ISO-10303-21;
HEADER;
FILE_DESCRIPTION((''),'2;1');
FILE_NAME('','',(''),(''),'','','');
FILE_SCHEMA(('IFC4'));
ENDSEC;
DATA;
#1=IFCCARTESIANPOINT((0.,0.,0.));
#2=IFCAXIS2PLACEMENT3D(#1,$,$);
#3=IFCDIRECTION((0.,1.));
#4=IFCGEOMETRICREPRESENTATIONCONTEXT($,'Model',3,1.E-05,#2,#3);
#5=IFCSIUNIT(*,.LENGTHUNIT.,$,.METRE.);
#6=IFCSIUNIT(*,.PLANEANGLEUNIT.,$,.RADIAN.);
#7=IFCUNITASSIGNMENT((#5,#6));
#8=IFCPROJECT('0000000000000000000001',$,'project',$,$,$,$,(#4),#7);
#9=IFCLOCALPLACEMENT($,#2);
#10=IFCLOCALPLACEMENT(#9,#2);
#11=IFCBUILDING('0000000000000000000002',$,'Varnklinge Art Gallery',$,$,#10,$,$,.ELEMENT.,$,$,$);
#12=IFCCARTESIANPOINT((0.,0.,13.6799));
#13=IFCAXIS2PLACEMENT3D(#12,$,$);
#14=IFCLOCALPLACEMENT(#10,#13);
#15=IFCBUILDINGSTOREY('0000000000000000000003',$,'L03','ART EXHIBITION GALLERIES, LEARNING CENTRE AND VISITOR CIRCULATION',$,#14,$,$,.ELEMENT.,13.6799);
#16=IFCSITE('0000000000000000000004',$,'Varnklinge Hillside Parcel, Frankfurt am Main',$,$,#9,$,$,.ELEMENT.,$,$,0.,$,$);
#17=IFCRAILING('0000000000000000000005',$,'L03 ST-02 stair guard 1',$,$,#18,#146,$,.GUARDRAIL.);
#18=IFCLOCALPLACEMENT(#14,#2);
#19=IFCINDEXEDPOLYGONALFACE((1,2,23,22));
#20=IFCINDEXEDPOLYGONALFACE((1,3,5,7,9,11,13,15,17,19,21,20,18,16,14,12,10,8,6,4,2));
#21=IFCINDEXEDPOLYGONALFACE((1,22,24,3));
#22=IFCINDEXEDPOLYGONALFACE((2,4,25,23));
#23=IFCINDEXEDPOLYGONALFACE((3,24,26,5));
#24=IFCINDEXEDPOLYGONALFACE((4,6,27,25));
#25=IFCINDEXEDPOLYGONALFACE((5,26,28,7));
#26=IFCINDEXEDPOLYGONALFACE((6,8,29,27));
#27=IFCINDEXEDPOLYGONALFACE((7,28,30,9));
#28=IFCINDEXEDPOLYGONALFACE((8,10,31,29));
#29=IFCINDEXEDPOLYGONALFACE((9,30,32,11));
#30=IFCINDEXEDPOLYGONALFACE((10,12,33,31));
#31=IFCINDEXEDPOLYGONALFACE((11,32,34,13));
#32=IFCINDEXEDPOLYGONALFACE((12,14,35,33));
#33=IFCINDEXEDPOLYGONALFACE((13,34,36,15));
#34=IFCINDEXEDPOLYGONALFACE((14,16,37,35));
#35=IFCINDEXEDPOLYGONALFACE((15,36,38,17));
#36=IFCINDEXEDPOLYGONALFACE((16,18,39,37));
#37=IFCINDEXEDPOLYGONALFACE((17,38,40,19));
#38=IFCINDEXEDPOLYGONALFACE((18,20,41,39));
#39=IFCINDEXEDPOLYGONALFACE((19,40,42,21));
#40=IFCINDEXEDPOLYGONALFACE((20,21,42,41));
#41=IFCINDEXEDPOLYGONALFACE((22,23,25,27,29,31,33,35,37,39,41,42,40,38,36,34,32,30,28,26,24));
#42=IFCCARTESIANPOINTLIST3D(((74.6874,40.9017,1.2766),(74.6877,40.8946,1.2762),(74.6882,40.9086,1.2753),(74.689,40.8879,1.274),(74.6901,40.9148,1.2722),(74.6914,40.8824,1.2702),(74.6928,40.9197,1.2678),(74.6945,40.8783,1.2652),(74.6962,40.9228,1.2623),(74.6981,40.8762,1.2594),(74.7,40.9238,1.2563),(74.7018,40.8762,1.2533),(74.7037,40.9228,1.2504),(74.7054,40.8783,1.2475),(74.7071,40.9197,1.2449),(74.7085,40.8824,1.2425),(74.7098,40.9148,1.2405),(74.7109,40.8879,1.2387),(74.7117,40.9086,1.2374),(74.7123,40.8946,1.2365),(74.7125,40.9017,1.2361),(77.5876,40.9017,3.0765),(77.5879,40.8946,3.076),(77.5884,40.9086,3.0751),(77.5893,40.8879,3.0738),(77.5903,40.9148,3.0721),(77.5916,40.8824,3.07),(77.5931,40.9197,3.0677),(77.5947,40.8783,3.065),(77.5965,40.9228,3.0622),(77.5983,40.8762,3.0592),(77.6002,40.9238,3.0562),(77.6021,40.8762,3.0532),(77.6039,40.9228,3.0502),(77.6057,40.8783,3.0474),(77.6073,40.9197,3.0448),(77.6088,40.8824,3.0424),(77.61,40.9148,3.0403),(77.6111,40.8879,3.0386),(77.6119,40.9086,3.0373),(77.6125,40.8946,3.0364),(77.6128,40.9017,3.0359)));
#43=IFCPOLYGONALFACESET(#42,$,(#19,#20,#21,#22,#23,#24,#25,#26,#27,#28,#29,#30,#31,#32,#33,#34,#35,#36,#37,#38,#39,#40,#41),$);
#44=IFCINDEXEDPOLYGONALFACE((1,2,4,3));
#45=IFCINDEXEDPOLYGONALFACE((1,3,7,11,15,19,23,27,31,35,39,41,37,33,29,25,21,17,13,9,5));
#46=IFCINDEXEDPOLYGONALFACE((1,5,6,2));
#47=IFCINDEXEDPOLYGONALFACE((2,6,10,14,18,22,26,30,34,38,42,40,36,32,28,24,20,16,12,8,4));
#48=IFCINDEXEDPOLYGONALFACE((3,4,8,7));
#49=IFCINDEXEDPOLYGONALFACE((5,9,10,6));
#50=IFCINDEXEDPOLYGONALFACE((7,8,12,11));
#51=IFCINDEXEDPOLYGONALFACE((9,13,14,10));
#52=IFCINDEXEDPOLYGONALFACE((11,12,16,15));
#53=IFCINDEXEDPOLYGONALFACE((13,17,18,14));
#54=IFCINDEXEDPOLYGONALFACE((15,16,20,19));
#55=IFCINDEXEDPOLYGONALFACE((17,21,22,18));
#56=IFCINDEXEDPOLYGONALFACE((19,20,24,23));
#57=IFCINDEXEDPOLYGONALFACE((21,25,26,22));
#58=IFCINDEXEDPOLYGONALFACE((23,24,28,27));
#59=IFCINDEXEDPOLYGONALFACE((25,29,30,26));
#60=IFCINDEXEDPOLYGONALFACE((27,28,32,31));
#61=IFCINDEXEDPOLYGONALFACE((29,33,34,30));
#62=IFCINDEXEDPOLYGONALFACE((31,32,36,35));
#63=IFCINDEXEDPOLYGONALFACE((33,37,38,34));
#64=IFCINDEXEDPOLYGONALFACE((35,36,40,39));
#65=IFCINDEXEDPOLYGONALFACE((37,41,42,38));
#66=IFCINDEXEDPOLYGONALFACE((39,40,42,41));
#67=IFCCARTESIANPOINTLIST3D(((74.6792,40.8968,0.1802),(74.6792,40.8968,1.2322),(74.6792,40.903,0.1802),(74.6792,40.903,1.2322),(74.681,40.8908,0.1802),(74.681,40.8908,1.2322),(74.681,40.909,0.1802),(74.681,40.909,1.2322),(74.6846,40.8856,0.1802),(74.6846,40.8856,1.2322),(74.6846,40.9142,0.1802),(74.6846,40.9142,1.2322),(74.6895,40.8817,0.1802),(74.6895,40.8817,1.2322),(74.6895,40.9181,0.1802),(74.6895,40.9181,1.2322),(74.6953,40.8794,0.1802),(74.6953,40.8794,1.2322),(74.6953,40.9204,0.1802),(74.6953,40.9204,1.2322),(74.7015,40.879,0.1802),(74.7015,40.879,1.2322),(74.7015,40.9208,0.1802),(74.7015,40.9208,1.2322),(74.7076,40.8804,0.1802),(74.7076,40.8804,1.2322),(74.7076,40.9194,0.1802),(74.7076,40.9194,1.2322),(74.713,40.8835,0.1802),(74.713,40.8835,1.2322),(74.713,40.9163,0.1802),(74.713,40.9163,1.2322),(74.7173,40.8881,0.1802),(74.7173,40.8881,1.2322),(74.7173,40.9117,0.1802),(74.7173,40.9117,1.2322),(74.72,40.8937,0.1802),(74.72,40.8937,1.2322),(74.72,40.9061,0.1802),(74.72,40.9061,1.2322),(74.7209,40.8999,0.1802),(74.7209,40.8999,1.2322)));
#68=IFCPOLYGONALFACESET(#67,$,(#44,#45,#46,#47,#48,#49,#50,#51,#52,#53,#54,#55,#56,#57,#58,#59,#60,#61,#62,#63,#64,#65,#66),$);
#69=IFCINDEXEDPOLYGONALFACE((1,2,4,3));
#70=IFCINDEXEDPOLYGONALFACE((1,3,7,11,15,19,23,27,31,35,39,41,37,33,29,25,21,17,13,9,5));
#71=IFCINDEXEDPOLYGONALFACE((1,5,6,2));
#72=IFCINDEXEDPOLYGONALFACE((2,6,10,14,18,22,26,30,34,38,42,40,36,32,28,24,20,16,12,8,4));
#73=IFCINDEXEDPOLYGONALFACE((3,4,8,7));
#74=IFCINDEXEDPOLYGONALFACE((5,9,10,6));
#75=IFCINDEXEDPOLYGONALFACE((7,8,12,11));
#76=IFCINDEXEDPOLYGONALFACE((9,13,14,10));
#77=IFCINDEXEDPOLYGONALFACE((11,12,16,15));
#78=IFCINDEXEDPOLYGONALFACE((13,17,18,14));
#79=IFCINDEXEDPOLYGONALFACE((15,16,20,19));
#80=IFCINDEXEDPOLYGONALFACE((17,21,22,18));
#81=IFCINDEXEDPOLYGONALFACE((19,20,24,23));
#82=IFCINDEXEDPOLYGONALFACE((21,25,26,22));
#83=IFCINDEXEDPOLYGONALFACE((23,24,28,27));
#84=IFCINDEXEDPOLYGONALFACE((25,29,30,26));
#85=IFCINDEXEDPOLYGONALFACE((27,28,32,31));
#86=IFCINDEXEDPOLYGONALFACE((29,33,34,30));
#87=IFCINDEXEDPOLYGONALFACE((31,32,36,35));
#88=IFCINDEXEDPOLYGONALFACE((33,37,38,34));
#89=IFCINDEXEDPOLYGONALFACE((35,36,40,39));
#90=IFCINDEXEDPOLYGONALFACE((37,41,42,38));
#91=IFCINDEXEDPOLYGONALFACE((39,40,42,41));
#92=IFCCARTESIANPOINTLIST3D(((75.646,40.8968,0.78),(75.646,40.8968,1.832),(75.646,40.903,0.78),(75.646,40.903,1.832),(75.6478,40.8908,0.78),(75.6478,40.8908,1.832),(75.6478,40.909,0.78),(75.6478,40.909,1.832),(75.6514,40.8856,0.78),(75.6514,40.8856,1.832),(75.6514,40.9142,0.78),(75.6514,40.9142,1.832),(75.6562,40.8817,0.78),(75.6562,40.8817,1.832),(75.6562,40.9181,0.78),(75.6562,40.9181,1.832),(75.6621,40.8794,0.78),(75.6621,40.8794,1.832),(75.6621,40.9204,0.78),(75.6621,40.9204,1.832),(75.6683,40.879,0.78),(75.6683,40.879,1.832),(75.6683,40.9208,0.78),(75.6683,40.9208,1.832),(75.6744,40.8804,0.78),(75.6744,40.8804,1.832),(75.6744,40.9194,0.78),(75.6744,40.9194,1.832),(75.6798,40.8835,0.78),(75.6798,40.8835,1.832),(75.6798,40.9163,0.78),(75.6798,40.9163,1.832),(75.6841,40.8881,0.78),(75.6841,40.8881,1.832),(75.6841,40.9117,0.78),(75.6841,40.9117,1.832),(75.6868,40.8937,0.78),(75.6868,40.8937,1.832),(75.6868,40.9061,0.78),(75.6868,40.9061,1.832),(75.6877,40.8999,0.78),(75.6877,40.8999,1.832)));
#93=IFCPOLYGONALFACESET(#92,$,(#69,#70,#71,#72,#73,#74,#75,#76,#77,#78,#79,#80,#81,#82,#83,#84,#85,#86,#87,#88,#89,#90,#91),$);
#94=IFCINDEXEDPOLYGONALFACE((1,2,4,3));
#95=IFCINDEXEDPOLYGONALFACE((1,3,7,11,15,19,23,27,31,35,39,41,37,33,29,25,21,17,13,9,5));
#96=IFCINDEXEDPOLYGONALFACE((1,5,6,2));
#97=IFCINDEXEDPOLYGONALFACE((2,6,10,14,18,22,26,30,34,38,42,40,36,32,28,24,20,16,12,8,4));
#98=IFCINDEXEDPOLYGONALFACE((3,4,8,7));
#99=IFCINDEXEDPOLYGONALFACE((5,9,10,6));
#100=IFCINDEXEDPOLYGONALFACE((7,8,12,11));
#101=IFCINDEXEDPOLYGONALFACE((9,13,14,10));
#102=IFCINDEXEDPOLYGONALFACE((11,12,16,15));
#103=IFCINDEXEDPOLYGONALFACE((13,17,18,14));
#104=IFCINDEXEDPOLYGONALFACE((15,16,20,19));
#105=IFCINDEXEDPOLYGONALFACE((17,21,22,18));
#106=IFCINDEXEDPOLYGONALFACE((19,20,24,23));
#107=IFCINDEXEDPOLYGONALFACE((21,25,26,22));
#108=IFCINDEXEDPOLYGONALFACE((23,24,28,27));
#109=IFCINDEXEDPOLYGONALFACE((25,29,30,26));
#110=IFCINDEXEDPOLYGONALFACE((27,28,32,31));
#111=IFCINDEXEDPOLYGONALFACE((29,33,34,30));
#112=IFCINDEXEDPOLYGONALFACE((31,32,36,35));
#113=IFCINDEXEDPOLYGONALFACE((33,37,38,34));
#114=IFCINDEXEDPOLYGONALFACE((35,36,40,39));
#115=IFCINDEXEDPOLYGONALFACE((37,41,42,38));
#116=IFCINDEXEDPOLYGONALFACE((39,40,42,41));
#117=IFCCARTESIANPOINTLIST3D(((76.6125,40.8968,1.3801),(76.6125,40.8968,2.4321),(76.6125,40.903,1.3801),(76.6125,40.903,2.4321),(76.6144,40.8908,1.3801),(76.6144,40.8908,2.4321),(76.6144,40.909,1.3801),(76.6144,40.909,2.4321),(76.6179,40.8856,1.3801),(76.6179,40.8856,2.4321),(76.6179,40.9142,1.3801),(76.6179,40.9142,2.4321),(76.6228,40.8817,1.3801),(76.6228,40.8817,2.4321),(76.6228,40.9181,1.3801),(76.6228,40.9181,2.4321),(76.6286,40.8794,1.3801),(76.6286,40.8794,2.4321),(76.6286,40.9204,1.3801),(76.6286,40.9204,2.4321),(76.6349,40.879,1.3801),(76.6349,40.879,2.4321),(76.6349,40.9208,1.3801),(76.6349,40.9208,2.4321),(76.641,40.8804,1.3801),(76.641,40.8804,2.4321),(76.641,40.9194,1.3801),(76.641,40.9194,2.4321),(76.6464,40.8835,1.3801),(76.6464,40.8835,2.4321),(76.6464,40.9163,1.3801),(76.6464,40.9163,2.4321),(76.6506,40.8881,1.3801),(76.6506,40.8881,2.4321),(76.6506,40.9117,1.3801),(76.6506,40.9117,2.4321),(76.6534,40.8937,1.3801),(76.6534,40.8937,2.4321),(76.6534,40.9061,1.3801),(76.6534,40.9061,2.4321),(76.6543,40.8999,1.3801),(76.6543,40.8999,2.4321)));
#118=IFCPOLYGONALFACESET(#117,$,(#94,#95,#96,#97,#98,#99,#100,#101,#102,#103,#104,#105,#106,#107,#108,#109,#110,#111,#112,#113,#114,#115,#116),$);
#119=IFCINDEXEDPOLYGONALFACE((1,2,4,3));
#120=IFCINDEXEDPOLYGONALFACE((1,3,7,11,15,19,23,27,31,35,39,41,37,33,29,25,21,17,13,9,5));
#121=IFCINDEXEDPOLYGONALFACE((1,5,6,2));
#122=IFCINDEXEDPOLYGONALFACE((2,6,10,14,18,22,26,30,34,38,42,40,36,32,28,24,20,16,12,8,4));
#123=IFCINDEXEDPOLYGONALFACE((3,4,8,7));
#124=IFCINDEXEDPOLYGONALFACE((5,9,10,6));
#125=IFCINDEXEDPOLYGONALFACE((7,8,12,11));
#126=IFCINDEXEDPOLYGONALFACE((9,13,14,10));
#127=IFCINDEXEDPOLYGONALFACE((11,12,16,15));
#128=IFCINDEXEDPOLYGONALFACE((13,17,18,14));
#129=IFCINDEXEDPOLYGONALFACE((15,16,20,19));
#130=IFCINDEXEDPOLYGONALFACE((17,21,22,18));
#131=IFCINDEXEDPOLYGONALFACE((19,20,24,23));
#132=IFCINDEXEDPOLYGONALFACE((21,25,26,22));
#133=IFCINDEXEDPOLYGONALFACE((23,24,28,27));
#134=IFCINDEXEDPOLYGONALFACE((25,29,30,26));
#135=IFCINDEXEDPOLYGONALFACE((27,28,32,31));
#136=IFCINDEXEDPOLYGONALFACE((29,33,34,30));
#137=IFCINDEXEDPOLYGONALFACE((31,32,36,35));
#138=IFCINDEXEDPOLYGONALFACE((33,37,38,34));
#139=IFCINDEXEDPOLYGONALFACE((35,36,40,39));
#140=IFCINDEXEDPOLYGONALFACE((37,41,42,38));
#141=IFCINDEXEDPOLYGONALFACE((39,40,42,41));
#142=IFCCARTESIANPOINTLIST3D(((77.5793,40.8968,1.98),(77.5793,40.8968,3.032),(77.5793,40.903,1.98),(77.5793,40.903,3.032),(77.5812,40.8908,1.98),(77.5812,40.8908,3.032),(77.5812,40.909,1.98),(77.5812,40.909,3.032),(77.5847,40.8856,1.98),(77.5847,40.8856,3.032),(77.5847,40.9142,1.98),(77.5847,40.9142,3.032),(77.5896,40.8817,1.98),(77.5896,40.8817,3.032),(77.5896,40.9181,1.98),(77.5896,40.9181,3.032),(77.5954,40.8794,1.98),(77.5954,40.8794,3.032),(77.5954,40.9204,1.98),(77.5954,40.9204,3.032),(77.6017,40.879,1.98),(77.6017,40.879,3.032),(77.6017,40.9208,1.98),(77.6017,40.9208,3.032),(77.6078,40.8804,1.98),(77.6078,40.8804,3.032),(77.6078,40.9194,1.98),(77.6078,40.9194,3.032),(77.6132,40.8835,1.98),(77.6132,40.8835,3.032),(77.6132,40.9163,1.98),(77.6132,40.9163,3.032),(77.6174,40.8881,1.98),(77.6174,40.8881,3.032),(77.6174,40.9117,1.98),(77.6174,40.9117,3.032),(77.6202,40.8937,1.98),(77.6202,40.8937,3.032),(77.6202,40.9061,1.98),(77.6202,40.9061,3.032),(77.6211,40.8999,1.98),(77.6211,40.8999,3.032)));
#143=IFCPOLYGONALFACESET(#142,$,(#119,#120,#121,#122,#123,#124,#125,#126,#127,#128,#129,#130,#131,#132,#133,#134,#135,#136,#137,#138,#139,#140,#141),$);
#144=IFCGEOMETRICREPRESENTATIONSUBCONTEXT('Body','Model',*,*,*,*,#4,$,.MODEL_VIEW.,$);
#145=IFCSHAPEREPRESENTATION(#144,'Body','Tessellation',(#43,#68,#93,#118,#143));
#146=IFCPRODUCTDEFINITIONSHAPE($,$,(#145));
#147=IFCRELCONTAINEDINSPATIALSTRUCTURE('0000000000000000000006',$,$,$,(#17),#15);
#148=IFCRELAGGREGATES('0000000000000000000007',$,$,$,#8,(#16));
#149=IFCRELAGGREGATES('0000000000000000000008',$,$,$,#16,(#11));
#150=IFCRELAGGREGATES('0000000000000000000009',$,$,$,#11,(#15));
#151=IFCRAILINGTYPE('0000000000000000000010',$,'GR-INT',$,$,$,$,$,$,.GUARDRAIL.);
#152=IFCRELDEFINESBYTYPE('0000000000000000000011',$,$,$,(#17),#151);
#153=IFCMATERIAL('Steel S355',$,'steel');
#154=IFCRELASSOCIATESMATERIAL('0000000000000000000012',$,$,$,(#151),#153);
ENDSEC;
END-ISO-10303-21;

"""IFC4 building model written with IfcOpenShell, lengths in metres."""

from ifc_helpers import new_model, si_unit, direction, frame, origin, origin_2d, place, context, subcontext, project, spatial, circle, extrude, material, type_object, element, save


model = new_model("IFC4")

# Units and contexts
model_context = context("Model", 3, precision=1e-05, world=origin(), true_north=direction((0.0, 1.0)))
body_context = subcontext(model_context, "Body", "Model", "MODEL_VIEW")
ifc_project = project(units=[si_unit("LENGTHUNIT", "METRE"), si_unit("PLANEANGLEUNIT", "RADIAN")], contexts=[model_context])

# Site, building, storey
site_placement = place(None, origin())
site = spatial("IfcSite", under=ifc_project, at=site_placement, Name="Varnklinge Hillside Parcel, Frankfurt am Main", CompositionType="ELEMENT", RefElevation=0.0)
building_placement = place(site_placement, origin())
building = spatial("IfcBuilding", under=site, at=building_placement, Name="Varnklinge Art Gallery", CompositionType="ELEMENT")
storey_placement = place(building_placement, frame((0.0, 0.0, 13.6799)))
storey = spatial("IfcBuildingStorey", under=building, at=storey_placement, Name="L03", Description="ART EXHIBITION GALLERIES, LEARNING CENTRE AND VISITOR CIRCULATION", CompositionType="ELEMENT", Elevation=13.6799)

# Railing
ifc_material_1 = material(Name="Steel S355", Category="steel")
railing_type_1 = type_object("IfcRailingType", Name="GR-INT", PredefinedType="GUARDRAIL", material=ifc_material_1)
railing_1_placement = place(storey_placement, frame((74.7, 40.8999, 0.1802)))
element("IfcRailing", 1, at=railing_1_placement, inside=storey, type_object=railing_type_1, Name="L03 ST-02 stair guard 1", PredefinedType="GUARDRAIL", context=body_context, shape_type="SweptSolid", body=[
    extrude(circle(Radius=0.0239, at=origin_2d()), frame((0.0, 0.0, 1.0762), z_axis=(0.849678, 0.0, 0.527302), x_axis=(0.0, 1.0, 0.0)), (0.0, 0.0, 1.0), 3.4133),
    extrude(circle(Radius=0.021, at=origin_2d()), origin(), (0.0, 0.0, 1.0), 1.052),
    extrude(circle(Radius=0.021, at=origin_2d()), frame((0.9668, 0.0, 0.5999)), (0.0, 0.0, 1.0), 1.052),
    extrude(circle(Radius=0.021, at=origin_2d()), frame((1.9333, 0.0, 1.2)), (0.0, 0.0, 1.0), 1.052),
    extrude(circle(Radius=0.021, at=origin_2d()), frame((2.9001, 0.0, 1.7998)), (0.0, 0.0, 1.0), 1.052),
])

save(model, "model.ifc")
